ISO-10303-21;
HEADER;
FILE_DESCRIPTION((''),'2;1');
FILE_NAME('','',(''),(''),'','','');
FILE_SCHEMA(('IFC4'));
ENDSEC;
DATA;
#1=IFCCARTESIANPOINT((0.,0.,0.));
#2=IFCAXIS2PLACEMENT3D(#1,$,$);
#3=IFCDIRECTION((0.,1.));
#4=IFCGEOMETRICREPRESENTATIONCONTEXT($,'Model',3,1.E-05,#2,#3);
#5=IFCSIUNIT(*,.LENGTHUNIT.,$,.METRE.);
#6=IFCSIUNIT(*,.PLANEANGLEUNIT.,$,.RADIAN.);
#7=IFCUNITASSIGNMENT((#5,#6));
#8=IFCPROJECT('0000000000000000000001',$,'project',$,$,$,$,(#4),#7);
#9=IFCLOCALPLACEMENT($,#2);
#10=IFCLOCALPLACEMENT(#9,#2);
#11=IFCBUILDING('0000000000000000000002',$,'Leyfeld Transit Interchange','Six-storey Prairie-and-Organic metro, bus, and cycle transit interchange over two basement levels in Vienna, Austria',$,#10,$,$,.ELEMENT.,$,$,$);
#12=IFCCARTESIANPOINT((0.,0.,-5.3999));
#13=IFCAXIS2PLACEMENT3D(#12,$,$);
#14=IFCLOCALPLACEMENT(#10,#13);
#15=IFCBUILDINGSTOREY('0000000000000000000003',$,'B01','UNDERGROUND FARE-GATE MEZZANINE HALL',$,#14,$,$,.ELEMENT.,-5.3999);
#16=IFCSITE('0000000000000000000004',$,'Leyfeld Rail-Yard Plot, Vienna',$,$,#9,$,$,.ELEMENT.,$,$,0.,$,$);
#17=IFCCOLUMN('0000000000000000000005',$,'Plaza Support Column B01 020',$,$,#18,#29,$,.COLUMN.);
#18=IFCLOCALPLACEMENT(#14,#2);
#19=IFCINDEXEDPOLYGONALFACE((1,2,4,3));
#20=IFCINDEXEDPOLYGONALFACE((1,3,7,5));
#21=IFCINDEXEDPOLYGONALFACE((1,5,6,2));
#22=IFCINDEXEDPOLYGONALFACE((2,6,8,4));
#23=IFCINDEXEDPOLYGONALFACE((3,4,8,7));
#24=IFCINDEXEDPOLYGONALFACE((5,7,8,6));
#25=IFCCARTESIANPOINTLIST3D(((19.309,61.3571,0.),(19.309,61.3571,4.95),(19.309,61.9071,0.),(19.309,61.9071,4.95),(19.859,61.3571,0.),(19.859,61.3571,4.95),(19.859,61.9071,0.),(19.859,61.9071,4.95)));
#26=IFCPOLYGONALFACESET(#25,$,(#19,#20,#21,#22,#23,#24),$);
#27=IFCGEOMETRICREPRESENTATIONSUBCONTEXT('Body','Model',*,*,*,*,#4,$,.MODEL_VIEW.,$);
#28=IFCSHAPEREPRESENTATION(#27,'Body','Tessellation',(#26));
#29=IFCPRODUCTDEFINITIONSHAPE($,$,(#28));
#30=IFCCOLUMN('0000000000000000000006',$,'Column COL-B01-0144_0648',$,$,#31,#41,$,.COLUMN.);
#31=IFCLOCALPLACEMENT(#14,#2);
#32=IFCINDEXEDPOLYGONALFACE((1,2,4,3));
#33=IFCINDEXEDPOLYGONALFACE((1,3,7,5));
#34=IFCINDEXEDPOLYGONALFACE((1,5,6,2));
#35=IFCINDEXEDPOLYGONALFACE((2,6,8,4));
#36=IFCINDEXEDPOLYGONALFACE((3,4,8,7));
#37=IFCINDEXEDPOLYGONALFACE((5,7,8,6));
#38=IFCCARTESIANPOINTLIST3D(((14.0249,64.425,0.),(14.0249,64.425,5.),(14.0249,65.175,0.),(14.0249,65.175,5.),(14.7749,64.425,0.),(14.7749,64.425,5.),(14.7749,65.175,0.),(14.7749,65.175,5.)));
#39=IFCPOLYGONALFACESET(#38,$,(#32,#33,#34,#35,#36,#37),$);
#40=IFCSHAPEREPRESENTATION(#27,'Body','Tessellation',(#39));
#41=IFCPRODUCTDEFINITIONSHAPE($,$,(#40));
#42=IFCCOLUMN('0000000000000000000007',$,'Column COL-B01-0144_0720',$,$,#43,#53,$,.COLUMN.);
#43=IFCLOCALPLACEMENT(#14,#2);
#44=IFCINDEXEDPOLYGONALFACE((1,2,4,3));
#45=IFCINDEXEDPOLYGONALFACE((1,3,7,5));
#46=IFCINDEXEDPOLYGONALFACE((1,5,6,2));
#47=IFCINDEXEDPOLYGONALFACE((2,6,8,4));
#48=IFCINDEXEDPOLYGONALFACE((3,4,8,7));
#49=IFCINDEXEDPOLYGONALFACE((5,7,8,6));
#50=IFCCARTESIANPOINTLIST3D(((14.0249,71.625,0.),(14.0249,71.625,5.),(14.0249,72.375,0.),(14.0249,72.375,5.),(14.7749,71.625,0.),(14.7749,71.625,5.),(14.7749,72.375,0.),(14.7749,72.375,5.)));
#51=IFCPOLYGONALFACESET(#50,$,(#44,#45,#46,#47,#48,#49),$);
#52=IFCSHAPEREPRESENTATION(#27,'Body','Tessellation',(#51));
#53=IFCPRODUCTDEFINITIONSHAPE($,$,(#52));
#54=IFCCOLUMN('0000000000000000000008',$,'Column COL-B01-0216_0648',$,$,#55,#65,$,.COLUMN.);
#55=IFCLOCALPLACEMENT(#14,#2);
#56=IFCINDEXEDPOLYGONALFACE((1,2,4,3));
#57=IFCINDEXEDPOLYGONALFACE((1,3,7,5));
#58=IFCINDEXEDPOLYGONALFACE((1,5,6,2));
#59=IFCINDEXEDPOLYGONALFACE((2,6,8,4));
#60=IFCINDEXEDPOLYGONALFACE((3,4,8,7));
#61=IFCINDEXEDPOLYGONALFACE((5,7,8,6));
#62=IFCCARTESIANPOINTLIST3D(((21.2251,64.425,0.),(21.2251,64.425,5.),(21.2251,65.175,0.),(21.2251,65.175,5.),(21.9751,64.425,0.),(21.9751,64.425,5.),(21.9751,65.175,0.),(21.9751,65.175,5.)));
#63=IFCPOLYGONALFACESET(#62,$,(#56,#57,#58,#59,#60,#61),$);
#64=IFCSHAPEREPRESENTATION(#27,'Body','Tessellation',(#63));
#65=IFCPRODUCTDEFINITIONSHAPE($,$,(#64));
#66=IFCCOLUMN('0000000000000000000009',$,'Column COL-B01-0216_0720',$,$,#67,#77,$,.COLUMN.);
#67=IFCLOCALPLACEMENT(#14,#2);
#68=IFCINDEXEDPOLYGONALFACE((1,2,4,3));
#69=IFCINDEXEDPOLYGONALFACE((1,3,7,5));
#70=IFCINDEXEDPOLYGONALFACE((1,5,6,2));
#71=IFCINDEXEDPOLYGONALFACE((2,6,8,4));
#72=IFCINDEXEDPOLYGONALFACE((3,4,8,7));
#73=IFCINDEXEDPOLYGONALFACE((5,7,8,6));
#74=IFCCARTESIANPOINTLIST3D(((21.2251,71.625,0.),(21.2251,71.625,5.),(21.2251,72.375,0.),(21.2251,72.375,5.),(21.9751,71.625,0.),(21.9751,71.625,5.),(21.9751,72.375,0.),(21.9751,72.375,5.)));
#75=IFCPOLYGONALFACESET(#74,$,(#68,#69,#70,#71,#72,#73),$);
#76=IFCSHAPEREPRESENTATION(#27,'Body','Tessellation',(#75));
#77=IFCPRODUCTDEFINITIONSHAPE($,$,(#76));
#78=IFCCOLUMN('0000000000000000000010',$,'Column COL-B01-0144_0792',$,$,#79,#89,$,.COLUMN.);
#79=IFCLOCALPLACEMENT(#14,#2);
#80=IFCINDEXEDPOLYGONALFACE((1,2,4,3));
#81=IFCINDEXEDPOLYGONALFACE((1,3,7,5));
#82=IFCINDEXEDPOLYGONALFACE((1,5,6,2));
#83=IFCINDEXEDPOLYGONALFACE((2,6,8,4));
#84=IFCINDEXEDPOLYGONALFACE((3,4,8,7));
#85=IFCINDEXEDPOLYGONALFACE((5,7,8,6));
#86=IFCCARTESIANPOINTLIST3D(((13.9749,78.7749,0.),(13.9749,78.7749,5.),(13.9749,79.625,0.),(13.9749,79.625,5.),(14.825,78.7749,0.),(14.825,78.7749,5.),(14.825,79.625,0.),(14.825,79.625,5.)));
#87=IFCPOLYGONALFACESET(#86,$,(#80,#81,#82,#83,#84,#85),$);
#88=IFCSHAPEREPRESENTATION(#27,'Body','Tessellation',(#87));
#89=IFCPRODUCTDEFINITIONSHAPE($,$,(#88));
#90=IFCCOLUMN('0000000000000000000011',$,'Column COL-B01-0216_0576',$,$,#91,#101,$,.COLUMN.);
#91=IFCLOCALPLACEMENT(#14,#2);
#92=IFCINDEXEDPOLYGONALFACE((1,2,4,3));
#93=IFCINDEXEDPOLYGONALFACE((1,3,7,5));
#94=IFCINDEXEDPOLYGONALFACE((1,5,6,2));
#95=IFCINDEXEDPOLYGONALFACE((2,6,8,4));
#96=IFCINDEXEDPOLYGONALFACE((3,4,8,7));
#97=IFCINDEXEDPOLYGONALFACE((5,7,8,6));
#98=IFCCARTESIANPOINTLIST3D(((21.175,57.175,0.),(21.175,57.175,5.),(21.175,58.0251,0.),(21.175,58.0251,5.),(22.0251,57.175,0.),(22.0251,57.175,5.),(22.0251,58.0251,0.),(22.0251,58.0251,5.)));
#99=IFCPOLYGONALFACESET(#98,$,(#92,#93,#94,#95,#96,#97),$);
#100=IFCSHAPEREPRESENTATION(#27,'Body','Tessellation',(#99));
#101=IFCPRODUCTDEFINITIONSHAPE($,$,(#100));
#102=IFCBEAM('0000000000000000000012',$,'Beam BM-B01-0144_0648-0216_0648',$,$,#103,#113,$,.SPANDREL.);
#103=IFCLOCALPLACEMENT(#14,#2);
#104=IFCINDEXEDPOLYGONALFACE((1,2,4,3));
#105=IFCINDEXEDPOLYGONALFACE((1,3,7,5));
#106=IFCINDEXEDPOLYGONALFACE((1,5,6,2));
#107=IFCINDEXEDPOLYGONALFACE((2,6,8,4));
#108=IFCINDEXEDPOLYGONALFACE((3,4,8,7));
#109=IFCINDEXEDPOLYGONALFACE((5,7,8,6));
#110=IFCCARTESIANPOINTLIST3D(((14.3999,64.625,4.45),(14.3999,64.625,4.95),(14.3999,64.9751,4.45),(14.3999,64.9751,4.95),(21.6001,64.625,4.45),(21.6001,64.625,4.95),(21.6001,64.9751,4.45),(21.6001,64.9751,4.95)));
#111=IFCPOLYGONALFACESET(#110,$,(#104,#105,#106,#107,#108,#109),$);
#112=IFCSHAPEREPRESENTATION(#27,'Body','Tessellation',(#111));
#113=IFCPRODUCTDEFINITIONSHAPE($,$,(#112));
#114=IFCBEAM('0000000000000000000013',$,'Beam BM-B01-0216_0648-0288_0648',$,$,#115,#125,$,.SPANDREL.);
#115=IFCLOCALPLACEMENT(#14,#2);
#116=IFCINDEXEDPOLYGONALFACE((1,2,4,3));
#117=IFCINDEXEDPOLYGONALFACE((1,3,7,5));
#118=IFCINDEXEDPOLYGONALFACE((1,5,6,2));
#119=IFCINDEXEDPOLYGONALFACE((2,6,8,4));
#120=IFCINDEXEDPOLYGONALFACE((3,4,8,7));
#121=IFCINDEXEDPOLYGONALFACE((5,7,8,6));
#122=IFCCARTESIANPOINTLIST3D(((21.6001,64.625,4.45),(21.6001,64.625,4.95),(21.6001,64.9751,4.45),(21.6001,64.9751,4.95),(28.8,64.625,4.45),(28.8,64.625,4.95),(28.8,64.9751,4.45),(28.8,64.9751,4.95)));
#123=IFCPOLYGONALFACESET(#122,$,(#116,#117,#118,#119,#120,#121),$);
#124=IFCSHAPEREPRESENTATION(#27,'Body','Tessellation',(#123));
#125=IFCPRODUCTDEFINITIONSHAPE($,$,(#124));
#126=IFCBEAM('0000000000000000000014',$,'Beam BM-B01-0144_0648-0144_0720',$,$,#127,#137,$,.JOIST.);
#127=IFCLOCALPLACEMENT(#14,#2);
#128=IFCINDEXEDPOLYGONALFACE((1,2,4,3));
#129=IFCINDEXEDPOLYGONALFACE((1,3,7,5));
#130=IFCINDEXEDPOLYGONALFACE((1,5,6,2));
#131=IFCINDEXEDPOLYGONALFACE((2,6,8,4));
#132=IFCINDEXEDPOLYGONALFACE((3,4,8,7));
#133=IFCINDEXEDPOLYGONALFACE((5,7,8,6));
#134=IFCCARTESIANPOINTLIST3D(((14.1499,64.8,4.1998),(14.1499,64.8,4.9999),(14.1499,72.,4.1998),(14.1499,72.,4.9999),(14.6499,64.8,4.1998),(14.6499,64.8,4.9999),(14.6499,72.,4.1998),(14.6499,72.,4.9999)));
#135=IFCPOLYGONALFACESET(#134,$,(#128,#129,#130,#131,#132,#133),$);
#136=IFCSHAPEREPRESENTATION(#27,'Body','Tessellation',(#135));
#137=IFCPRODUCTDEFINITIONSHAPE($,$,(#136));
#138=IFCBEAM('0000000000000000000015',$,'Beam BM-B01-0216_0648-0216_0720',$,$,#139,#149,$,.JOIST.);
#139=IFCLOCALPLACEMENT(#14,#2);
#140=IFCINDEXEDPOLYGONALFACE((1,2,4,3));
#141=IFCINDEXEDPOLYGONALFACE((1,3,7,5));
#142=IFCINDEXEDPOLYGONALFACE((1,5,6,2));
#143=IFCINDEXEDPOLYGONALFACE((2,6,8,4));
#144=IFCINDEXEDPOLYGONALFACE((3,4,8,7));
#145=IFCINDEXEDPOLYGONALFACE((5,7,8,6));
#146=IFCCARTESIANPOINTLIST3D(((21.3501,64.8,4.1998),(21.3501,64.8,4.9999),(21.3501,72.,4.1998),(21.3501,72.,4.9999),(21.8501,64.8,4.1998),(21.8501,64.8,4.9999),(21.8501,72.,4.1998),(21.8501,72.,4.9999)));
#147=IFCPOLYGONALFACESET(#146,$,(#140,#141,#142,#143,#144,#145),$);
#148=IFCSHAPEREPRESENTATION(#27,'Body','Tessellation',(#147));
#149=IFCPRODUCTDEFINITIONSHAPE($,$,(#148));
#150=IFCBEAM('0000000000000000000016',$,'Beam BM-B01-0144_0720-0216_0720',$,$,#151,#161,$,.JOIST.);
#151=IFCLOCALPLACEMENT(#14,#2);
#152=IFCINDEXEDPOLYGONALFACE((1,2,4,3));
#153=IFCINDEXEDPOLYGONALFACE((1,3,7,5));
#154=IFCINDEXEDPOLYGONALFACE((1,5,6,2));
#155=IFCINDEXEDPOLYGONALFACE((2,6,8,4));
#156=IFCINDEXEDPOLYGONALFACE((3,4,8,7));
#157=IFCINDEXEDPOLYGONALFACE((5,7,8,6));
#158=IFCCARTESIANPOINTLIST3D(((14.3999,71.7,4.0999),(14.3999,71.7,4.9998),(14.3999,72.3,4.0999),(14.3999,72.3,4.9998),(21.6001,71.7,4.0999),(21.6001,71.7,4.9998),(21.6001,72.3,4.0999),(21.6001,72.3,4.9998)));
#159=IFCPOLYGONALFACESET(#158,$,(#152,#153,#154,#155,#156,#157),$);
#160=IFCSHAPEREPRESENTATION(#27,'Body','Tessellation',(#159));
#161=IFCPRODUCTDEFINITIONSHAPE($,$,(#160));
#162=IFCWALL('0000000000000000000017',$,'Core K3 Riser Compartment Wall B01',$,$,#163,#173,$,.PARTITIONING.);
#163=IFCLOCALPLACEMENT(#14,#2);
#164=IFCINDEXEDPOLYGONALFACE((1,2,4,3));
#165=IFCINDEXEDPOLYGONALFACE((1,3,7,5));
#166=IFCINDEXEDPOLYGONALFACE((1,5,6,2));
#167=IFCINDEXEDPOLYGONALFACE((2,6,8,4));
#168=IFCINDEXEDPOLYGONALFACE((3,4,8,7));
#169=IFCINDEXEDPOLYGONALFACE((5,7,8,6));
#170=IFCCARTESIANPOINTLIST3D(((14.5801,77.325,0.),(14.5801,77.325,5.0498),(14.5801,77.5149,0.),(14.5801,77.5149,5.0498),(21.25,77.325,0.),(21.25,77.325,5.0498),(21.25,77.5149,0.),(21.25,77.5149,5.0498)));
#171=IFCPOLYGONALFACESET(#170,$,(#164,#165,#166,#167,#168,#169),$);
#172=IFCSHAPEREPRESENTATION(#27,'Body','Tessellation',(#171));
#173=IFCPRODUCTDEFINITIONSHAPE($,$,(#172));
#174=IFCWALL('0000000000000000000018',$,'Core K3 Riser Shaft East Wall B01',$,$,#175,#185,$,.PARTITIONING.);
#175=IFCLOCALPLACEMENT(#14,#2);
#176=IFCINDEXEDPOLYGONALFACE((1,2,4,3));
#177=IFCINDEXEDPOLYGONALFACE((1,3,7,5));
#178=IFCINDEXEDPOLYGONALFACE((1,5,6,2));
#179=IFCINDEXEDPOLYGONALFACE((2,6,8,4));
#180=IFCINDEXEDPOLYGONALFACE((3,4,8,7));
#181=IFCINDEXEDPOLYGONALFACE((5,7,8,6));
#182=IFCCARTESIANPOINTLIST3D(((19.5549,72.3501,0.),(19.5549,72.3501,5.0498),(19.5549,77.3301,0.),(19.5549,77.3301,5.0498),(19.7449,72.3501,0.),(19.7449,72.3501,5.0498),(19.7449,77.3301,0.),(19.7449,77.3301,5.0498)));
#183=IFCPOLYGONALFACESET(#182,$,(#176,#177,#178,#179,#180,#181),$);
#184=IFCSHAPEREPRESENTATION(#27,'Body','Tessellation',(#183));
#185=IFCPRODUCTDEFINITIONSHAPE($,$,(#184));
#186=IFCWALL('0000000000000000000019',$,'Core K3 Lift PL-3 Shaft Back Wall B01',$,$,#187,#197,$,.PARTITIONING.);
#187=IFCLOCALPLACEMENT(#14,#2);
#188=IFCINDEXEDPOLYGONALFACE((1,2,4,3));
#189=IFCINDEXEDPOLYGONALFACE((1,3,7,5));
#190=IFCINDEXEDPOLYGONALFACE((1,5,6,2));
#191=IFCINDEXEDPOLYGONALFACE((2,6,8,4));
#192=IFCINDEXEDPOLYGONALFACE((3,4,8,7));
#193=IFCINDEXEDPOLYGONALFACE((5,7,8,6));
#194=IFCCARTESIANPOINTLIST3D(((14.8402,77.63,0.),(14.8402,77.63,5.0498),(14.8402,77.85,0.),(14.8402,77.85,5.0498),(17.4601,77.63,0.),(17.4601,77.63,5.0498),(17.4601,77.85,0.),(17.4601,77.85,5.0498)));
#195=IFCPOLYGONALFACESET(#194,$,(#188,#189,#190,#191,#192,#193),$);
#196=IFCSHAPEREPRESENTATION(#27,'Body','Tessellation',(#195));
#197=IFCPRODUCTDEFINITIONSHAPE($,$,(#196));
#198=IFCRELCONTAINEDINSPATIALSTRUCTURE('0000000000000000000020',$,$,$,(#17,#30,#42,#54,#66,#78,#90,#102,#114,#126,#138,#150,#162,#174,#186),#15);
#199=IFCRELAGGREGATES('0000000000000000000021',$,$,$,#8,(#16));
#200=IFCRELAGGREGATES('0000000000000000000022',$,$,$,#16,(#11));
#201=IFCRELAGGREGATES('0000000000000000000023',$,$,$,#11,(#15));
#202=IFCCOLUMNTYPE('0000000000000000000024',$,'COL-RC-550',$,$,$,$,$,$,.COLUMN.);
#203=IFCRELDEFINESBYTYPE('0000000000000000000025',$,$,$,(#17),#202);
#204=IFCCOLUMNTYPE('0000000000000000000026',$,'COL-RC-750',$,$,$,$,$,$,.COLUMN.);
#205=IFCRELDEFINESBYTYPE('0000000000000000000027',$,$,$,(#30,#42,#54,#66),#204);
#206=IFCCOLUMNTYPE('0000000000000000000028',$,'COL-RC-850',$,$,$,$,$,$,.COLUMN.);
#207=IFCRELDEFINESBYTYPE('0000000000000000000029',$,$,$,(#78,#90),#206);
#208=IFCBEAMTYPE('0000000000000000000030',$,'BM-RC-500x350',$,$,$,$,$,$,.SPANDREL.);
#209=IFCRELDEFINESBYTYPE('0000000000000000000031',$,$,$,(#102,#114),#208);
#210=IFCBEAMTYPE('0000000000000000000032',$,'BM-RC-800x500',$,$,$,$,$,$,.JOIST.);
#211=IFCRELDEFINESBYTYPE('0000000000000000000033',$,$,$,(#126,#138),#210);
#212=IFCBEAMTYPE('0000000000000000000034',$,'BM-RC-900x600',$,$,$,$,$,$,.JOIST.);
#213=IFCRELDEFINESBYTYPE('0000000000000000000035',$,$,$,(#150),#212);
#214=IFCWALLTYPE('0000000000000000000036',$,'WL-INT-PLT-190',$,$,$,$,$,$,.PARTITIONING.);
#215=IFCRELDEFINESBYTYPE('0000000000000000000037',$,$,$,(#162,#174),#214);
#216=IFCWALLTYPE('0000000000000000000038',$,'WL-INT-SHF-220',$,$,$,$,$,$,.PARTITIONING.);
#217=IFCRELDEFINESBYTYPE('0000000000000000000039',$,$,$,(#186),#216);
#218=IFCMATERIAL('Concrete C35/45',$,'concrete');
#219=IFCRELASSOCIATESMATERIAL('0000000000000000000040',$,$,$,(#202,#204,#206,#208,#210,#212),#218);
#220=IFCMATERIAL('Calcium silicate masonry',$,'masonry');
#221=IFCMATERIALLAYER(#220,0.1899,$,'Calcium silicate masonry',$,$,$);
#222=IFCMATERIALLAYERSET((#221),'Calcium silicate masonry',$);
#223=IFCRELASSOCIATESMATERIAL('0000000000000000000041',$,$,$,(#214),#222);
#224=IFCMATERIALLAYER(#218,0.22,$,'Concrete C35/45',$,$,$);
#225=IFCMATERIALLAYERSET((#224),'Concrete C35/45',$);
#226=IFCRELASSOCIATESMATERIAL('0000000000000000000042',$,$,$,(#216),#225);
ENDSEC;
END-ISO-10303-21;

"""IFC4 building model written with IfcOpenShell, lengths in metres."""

from ifc_helpers import new_model, si_unit, direction, frame, frame_2d, origin, origin_2d, place, context, subcontext, project, spatial, rectangle, extrude, material, layer, layer_set, material_profile, profile_set, type_object, element, save


model = new_model("IFC4")

# Units and contexts
model_context = context("Model", 3, precision=1e-05, world=origin(), true_north=direction((0.0, 1.0)))
body_context = subcontext(model_context, "Body", "Model", "MODEL_VIEW")
ifc_project = project(units=[si_unit("LENGTHUNIT", "METRE"), si_unit("PLANEANGLEUNIT", "RADIAN")], contexts=[model_context])

# Site, building, storey
site_placement = place(None, origin())
site = spatial("IfcSite", under=ifc_project, at=site_placement, Name="Leyfeld Rail-Yard Plot, Vienna", CompositionType="ELEMENT", RefElevation=0.0)
building_placement = place(site_placement, origin())
building = spatial("IfcBuilding", under=site, at=building_placement, Name="Leyfeld Transit Interchange", Description="Six-storey Prairie-and-Organic metro, bus, and cycle transit interchange over two basement levels in Vienna, Austria", CompositionType="ELEMENT")
storey_placement = place(building_placement, frame((0.0, 0.0, -5.3999)))
storey = spatial("IfcBuildingStorey", under=building, at=storey_placement, Name="B01", Description="UNDERGROUND FARE-GATE MEZZANINE HALL", CompositionType="ELEMENT", Elevation=-5.3999)

# Columns
ifc_material_1 = material(Name="Concrete C35/45", Category="concrete")
ifc_material_profile_1 = material_profile(ifc_material_1, rectangle(XDim=0.55, YDim=0.55, at=origin_2d()), Name="RC 550x550")
ifc_profile_set_1 = profile_set([ifc_material_profile_1], Name="Concrete C35/45")
column_type_1 = type_object("IfcColumnType", Name="COL-RC-550", PredefinedType="COLUMN", material=ifc_profile_set_1)
column_placement = place(storey_placement, frame((19.584, 61.6321, 0.0), z_axis=(0.0, 0.0, 1.0), x_axis=(1.0, 0.0, 0.0)))
element("IfcColumn", 1, at=column_placement, inside=storey, type_object=column_type_1, Name="Plaza Support Column B01 020", PredefinedType="COLUMN", context=body_context, shape_type="SweptSolid", body=[
    extrude(rectangle(XDim=0.55, YDim=0.55, at=origin_2d()), origin(), (0.0, 0.0, 1.0), 4.95),
])
ifc_material_profile_2 = material_profile(ifc_material_1, rectangle(XDim=0.75, YDim=0.75, at=origin_2d()), Name="RC 750x750")
ifc_profile_set_2 = profile_set([ifc_material_profile_2], Name="Concrete C35/45")
column_type_2 = type_object("IfcColumnType", Name="COL-RC-750", PredefinedType="COLUMN", material=ifc_profile_set_2)
for number, where, z_axis, x_axis, name in (
    (2, (14.3999, 64.8, 0.0), (0.0, 0.0, 1.0), (1.0, 0.0, 0.0), "Column COL-B01-0144_0648"),
    (3, (14.3999, 72.0, 0.0), (0.0, 0.0, 1.0), (1.0, 0.0, 0.0), "Column COL-B01-0144_0720"),
    (4, (21.6001, 64.8, 0.0), (0.0, 0.0, 1.0), (1.0, 0.0, 0.0), "Column COL-B01-0216_0648"),
    (5, (21.6001, 72.0, 0.0), (0.0, 0.0, 1.0), (1.0, 0.0, 0.0), "Column COL-B01-0216_0720"),
):
    element("IfcColumn", number, at=place(storey_placement, frame(where, z_axis=z_axis, x_axis=x_axis)), inside=storey, type_object=column_type_2, Name=name, PredefinedType="COLUMN", context=body_context, shape_type="SweptSolid", body=[
        extrude(rectangle(XDim=0.75, YDim=0.75, at=origin_2d()), origin(), (0.0, 0.0, 1.0), 5.0),
    ])
ifc_material_profile_3 = material_profile(ifc_material_1, rectangle(XDim=0.8501, YDim=0.8501, at=origin_2d()), Name="RC 850x850")
ifc_profile_set_3 = profile_set([ifc_material_profile_3], Name="Concrete C35/45")
column_type_3 = type_object("IfcColumnType", Name="COL-RC-850", PredefinedType="COLUMN", material=ifc_profile_set_3)
for number, where, z_axis, x_axis, name in (
    (6, (14.3999, 79.2, 0.0), (0.0, 0.0, 1.0), (1.0, 0.0, 0.0), "Column COL-B01-0144_0792"),
    (7, (21.6001, 57.6001, 0.0), (0.0, 0.0, 1.0), (1.0, 0.0, 0.0), "Column COL-B01-0216_0576"),
):
    element("IfcColumn", number, at=place(storey_placement, frame(where, z_axis=z_axis, x_axis=x_axis)), inside=storey, type_object=column_type_3, Name=name, PredefinedType="COLUMN", context=body_context, shape_type="SweptSolid", body=[
        extrude(rectangle(XDim=0.8501, YDim=0.8501, at=origin_2d()), origin(), (0.0, 0.0, 1.0), 5.0),
    ])

# Beams
ifc_material_profile_4 = material_profile(ifc_material_1, rectangle(XDim=0.3501, YDim=0.5, at=origin_2d()), Name="RC 500x350")
ifc_profile_set_4 = profile_set([ifc_material_profile_4], Name="Concrete C35/45")
beam_type_1 = type_object("IfcBeamType", Name="BM-RC-500x350", PredefinedType="SPANDREL", material=ifc_profile_set_4)
beam_1_placement = place(storey_placement, frame((14.3999, 64.8, 4.7), z_axis=(1.0, 0.0, 0.0), x_axis=(0.0, 1.0, 0.0)))
element("IfcBeam", 8, at=beam_1_placement, inside=storey, type_object=beam_type_1, Name="Beam BM-B01-0144_0648-0216_0648", PredefinedType="SPANDREL", context=body_context, shape_type="SweptSolid", body=[
    extrude(rectangle(XDim=0.3501, YDim=0.5, at=origin_2d()), origin(), (0.0, 0.0, 1.0), 7.2002),
])
beam_2_placement = place(storey_placement, frame((21.6001, 64.8, 4.7), z_axis=(1.0, 0.0, 0.0), x_axis=(0.0, 1.0, 0.0)))
element("IfcBeam", 9, at=beam_2_placement, inside=storey, type_object=beam_type_1, Name="Beam BM-B01-0216_0648-0288_0648", PredefinedType="SPANDREL", context=body_context, shape_type="SweptSolid", body=[
    extrude(rectangle(XDim=0.3501, YDim=0.5, at=origin_2d()), origin(), (0.0, 0.0, 1.0), 7.2),
])
ifc_material_profile_5 = material_profile(ifc_material_1, rectangle(XDim=0.5, YDim=0.8, at=origin_2d()), Name="RC 800x500")
ifc_profile_set_5 = profile_set([ifc_material_profile_5], Name="Concrete C35/45")
beam_type_2 = type_object("IfcBeamType", Name="BM-RC-800x500", PredefinedType="JOIST", material=ifc_profile_set_5)
for number, where, z_axis, x_axis, name in (
    (10, (14.3999, 64.8, 4.5999), (0.0, 1.0, 0.0), (-1.0, 0.0, 0.0), "Beam BM-B01-0144_0648-0144_0720"),
    (11, (21.6001, 64.8, 4.5999), (0.0, 1.0, 0.0), (-1.0, 0.0, 0.0), "Beam BM-B01-0216_0648-0216_0720"),
):
    element("IfcBeam", number, at=place(storey_placement, frame(where, z_axis=z_axis, x_axis=x_axis)), inside=storey, type_object=beam_type_2, Name=name, PredefinedType="JOIST", context=body_context, shape_type="SweptSolid", body=[
        extrude(rectangle(XDim=0.5, YDim=0.8, at=origin_2d()), origin(), (0.0, 0.0, 1.0), 7.2),
    ])
ifc_material_profile_6 = material_profile(ifc_material_1, rectangle(XDim=0.6001, YDim=0.8999, at=origin_2d()), Name="RC 900x600")
ifc_profile_set_6 = profile_set([ifc_material_profile_6], Name="Concrete C35/45")
beam_type_3 = type_object("IfcBeamType", Name="BM-RC-900x600", PredefinedType="JOIST", material=ifc_profile_set_6)
beam_3_placement = place(storey_placement, frame((14.3999, 72.0, 4.5498), z_axis=(1.0, 0.0, 0.0), x_axis=(0.0, 1.0, 0.0)))
element("IfcBeam", 12, at=beam_3_placement, inside=storey, type_object=beam_type_3, Name="Beam BM-B01-0144_0720-0216_0720", PredefinedType="JOIST", context=body_context, shape_type="SweptSolid", body=[
    extrude(rectangle(XDim=0.6001, YDim=0.8999, at=origin_2d()), origin(), (0.0, 0.0, 1.0), 7.2002),
])

# Walls
ifc_material_2 = material(Name="Calcium silicate masonry", Category="masonry")
ifc_layer_1 = layer(ifc_material_2, 0.1899, Name="Calcium silicate masonry")
ifc_layer_set_1 = layer_set([ifc_layer_1], Name="Calcium silicate masonry")
wall_type_1 = type_object("IfcWallType", Name="WL-INT-PLT-190", PredefinedType="PARTITIONING", material=ifc_layer_set_1)
wall_1_placement = place(storey_placement, frame((14.5801, 77.4199, 0.0), z_axis=(0.0, 0.0, 1.0), x_axis=(1.0, 0.0, 0.0)))
element("IfcWall", 13, at=wall_1_placement, inside=storey, type_object=wall_type_1, Name="Core K3 Riser Compartment Wall B01", PredefinedType="PARTITIONING", context=body_context, shape_type="SweptSolid", body=[
    extrude(rectangle(XDim=6.6699, YDim=0.1899, at=frame_2d((3.335, 0.0))), origin(), (0.0, 0.0, 1.0), 5.0498),
])
wall_2_placement = place(storey_placement, frame((19.6499, 72.3501, 0.0), z_axis=(0.0, 0.0, 1.0), x_axis=(0.0, 1.0, 0.0)))
element("IfcWall", 14, at=wall_2_placement, inside=storey, type_object=wall_type_1, Name="Core K3 Riser Shaft East Wall B01", PredefinedType="PARTITIONING", context=body_context, shape_type="SweptSolid", body=[
    extrude(rectangle(XDim=4.98, YDim=0.1899, at=frame_2d((2.49, 0.0))), origin(), (0.0, 0.0, 1.0), 5.0498),
])
ifc_layer_2 = layer(ifc_material_1, 0.22, Name="Concrete C35/45")
ifc_layer_set_2 = layer_set([ifc_layer_2], Name="Concrete C35/45")
wall_type_2 = type_object("IfcWallType", Name="WL-INT-SHF-220", PredefinedType="PARTITIONING", material=ifc_layer_set_2)
wall_3_placement = place(storey_placement, frame((14.8401, 77.74, 0.0), z_axis=(0.0, 0.0, 1.0), x_axis=(1.0, 0.0, 0.0)))
element("IfcWall", 15, at=wall_3_placement, inside=storey, type_object=wall_type_2, Name="Core K3 Lift PL-3 Shaft Back Wall B01", PredefinedType="PARTITIONING", context=body_context, shape_type="SweptSolid", body=[
    extrude(rectangle(XDim=2.6199, YDim=0.22, at=frame_2d((1.3101, 0.0))), origin(), (0.0, 0.0, 1.0), 5.0498),
])

save(model, "model.ifc")
